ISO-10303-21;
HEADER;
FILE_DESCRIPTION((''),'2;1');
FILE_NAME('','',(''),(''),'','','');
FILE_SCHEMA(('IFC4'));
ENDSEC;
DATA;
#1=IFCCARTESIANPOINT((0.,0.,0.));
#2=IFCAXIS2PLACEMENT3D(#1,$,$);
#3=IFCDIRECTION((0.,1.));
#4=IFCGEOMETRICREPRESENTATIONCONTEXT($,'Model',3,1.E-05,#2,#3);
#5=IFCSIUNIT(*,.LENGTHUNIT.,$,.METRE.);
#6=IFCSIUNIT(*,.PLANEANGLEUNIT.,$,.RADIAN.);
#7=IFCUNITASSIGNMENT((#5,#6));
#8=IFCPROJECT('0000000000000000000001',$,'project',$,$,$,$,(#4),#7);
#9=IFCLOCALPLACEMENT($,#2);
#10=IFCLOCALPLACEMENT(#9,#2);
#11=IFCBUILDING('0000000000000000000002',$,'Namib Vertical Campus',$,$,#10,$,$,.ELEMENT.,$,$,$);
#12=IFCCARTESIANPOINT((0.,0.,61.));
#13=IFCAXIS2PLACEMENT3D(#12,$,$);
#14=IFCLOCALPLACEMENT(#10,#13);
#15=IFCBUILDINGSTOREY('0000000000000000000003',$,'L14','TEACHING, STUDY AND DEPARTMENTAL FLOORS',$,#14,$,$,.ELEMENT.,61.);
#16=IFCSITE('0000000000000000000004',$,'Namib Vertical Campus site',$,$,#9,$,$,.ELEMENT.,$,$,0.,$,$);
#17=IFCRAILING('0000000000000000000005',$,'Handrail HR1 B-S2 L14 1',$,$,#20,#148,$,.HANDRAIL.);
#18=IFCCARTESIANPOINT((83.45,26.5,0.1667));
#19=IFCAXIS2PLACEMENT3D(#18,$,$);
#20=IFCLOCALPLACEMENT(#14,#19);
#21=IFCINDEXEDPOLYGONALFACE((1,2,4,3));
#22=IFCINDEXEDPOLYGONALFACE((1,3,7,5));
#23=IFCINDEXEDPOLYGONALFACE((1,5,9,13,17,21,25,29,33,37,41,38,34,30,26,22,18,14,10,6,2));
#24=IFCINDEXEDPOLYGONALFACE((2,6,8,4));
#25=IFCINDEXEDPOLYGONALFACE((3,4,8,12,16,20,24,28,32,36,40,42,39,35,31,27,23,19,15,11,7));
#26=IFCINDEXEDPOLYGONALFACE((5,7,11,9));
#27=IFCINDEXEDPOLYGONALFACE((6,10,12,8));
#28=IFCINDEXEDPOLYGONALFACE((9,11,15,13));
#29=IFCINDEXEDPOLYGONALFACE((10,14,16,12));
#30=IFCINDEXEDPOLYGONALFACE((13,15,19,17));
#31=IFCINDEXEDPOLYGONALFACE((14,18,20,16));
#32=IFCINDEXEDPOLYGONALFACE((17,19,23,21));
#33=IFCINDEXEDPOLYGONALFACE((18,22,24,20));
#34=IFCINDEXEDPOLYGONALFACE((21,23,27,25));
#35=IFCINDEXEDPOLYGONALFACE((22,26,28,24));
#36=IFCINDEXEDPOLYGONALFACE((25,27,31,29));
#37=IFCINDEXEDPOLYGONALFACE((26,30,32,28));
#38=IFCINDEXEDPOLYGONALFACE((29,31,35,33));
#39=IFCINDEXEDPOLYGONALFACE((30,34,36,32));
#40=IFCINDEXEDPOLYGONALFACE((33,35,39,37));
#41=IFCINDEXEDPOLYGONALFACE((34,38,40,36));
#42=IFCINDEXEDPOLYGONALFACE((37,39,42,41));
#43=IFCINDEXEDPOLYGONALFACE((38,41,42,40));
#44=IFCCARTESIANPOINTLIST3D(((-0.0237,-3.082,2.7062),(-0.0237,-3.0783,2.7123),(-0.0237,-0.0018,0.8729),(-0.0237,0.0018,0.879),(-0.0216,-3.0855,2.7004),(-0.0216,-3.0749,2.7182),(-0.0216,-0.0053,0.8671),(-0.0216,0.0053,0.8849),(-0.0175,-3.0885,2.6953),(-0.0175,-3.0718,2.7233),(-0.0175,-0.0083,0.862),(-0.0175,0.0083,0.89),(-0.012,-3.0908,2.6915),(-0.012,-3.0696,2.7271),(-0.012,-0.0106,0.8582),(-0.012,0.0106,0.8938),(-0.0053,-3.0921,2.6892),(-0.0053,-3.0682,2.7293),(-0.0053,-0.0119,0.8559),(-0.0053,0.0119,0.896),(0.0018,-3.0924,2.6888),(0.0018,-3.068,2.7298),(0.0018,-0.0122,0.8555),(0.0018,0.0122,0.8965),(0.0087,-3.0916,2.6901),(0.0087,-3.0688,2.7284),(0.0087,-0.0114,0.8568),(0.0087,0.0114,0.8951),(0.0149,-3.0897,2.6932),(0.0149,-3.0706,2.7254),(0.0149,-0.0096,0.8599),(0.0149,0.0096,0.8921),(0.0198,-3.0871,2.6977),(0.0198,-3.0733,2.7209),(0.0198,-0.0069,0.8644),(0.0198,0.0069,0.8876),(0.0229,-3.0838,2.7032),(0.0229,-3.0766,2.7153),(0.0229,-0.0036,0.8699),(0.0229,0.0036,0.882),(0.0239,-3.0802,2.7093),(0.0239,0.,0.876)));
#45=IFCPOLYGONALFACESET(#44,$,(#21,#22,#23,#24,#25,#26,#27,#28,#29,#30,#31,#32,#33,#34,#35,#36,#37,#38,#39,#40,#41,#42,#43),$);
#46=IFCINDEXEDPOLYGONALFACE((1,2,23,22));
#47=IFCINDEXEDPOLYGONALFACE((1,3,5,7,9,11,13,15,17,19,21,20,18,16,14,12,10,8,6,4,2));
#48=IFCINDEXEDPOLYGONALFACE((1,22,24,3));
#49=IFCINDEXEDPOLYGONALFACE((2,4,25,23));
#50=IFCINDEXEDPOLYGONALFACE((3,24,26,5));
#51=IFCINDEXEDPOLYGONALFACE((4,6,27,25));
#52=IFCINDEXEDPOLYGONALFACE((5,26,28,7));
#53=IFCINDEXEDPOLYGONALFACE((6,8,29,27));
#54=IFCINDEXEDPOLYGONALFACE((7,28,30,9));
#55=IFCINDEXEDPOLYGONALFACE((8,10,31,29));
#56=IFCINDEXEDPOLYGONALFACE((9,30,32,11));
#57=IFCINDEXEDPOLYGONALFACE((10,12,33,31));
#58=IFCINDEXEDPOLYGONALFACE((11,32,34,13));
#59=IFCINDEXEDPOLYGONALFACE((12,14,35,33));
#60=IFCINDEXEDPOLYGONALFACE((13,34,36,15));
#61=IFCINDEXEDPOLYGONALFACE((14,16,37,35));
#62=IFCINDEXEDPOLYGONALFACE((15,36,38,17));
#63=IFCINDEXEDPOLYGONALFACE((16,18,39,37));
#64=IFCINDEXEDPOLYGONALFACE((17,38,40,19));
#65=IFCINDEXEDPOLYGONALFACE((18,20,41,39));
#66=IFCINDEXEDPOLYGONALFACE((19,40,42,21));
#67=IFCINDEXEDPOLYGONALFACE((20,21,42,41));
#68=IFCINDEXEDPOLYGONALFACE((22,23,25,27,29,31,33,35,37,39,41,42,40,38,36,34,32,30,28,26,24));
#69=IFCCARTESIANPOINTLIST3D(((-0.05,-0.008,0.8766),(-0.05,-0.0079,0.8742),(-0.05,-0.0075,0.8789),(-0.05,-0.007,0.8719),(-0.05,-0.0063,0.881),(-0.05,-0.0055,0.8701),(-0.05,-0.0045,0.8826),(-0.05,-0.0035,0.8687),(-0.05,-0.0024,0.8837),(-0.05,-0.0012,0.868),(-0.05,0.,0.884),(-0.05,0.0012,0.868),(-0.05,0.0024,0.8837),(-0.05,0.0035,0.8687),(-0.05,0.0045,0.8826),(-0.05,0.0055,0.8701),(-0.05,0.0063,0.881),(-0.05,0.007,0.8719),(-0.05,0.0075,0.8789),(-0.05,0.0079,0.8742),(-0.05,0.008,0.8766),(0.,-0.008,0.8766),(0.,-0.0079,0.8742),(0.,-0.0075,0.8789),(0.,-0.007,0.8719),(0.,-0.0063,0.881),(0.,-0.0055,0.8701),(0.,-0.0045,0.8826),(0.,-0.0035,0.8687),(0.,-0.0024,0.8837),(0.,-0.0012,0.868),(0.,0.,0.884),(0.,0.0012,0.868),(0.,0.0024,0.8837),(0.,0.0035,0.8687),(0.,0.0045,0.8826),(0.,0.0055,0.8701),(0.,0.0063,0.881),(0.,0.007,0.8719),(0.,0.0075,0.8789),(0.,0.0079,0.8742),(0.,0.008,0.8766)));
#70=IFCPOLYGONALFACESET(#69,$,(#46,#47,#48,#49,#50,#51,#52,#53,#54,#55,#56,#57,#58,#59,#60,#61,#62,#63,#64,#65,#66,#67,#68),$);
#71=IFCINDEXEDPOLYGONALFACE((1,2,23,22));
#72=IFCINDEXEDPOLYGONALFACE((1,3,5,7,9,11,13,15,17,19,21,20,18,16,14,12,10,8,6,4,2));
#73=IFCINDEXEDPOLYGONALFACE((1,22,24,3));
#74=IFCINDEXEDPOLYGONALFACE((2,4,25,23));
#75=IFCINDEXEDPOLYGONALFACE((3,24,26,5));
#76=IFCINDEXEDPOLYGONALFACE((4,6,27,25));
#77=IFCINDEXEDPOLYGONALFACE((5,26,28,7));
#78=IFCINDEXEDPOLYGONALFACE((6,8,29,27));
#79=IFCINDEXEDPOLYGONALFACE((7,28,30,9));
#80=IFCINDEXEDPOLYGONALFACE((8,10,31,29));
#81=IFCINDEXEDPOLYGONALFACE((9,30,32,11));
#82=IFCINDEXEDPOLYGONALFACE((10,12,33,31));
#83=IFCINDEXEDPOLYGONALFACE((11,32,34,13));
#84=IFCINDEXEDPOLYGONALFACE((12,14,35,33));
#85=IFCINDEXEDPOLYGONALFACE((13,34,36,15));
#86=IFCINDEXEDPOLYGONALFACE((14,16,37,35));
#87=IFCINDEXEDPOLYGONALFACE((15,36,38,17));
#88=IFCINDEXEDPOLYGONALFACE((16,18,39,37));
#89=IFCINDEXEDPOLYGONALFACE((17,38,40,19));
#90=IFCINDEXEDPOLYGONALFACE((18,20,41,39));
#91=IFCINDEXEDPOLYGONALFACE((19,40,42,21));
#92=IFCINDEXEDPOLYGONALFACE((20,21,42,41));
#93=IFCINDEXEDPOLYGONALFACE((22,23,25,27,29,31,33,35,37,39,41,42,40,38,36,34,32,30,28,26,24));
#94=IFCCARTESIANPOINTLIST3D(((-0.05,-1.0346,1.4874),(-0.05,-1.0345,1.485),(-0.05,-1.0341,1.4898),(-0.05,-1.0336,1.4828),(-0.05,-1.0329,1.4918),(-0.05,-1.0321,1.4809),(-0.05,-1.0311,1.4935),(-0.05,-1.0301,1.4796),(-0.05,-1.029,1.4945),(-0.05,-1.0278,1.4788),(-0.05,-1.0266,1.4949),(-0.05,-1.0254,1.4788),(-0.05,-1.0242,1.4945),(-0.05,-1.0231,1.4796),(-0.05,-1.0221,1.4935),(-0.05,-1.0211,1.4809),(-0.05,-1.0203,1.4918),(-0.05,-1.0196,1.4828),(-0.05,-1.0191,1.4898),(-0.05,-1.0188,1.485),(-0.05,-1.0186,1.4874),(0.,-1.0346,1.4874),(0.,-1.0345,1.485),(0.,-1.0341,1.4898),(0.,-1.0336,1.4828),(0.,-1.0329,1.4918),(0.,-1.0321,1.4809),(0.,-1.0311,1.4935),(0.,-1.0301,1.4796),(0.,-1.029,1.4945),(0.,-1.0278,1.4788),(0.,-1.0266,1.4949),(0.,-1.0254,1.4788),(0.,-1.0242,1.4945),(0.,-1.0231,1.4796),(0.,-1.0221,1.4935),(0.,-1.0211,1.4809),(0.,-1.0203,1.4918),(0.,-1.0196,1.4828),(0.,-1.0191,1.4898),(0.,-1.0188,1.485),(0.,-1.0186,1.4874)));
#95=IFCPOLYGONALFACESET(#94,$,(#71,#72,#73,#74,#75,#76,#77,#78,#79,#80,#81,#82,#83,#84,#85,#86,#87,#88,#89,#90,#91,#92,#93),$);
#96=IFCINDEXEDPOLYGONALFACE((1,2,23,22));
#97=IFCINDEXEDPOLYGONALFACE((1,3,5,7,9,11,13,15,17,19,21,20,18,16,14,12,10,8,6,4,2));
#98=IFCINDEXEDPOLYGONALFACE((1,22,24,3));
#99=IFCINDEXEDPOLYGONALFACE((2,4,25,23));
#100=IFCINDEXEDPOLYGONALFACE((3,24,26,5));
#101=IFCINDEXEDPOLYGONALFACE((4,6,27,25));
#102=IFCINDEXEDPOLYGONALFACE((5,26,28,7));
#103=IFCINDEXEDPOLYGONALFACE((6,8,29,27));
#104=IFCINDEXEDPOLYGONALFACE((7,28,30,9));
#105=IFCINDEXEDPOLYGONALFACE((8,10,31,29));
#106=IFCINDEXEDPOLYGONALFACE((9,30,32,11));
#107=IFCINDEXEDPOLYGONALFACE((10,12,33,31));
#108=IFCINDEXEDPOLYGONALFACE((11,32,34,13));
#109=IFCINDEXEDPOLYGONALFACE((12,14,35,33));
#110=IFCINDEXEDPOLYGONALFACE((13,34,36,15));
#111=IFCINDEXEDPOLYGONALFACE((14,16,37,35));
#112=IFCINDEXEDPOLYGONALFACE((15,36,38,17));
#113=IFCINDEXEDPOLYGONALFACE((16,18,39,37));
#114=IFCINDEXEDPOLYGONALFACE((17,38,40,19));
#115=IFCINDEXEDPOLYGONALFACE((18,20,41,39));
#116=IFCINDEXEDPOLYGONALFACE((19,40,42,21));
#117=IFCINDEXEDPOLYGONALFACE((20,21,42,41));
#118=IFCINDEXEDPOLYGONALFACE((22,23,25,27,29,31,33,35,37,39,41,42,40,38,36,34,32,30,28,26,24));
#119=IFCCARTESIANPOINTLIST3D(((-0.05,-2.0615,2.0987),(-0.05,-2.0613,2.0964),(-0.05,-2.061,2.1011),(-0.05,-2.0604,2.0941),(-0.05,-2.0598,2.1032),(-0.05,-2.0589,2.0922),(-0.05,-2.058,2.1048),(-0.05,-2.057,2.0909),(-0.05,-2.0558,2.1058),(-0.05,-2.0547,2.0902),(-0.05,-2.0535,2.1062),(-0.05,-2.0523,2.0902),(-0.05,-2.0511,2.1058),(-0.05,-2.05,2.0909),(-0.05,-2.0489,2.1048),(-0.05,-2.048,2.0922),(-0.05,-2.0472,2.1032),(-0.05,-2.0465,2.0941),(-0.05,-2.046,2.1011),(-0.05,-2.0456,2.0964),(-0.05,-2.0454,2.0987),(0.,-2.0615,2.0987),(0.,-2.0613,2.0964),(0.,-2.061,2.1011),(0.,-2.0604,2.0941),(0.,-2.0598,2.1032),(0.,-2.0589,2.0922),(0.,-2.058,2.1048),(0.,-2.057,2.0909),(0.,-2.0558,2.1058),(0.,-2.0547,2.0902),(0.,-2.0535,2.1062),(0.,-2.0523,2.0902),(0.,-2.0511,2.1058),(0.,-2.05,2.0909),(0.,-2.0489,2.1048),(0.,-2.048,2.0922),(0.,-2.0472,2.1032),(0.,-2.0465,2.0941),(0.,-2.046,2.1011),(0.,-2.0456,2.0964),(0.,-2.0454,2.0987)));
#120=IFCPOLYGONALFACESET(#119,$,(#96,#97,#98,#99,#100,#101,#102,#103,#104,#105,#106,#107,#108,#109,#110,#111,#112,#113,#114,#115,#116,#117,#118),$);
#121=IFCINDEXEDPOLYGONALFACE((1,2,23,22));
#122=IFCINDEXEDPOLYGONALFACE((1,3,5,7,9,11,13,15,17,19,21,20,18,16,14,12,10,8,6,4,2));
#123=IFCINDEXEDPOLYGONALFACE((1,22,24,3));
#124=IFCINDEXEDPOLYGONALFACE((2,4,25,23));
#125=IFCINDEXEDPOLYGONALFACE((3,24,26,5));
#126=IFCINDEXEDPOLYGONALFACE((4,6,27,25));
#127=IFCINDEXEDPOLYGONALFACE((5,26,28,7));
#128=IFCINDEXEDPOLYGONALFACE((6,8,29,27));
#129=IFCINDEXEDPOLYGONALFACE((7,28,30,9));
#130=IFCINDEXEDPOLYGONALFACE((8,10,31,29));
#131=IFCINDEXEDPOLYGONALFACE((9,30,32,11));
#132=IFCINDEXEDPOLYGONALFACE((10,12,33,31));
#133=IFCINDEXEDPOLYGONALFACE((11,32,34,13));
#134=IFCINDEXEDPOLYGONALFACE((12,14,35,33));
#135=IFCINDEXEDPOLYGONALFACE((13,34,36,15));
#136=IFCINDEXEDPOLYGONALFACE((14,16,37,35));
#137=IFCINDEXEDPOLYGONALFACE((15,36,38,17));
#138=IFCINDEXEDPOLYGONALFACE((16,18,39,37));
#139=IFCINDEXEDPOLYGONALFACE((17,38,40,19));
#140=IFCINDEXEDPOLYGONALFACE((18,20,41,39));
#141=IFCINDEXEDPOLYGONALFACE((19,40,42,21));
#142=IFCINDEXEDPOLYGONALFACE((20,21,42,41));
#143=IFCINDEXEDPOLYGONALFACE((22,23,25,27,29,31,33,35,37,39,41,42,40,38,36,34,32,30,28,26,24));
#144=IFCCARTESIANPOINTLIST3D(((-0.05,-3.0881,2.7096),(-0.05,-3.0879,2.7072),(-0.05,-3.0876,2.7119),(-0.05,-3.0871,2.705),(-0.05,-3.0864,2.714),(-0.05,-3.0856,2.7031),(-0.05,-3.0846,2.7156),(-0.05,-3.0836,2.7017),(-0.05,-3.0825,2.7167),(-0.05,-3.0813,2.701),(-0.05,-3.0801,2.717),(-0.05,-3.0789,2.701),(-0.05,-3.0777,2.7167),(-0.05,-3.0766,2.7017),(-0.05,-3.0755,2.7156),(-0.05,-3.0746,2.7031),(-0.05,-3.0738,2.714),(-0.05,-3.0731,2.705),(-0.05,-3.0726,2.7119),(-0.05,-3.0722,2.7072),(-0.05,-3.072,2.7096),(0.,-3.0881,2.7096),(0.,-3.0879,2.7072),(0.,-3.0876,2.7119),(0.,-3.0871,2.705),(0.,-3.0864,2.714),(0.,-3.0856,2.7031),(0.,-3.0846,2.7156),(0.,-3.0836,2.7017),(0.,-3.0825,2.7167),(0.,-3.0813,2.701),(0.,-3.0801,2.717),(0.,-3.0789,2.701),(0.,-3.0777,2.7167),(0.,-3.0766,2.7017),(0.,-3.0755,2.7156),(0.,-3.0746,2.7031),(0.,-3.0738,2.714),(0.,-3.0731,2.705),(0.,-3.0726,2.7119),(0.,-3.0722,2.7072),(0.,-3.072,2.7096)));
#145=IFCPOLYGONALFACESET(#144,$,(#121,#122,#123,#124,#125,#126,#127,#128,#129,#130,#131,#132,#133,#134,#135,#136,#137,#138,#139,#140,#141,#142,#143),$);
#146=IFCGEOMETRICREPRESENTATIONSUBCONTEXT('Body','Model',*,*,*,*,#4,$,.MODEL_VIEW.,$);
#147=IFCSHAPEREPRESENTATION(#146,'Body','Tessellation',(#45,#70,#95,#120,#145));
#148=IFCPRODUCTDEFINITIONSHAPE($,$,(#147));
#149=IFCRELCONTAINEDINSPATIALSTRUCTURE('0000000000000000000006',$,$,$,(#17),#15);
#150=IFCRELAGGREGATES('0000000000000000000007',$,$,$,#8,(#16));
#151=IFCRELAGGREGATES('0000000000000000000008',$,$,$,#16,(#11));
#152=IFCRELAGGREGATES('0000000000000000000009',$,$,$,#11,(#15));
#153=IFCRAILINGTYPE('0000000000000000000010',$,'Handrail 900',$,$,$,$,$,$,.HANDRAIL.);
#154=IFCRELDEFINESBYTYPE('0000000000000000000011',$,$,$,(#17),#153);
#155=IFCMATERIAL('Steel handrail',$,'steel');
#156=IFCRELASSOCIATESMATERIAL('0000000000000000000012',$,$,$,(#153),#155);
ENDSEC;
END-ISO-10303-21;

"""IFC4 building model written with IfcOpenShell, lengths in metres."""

from ifc_helpers import new_model, si_unit, direction, frame, origin, origin_2d, place, context, subcontext, project, spatial, circle, extrude, material, type_object, element, save


model = new_model("IFC4")

# Units and contexts
model_context = context("Model", 3, precision=1e-05, world=origin(), true_north=direction((0.0, 1.0)))
body_context = subcontext(model_context, "Body", "Model", "MODEL_VIEW")
ifc_project = project(units=[si_unit("LENGTHUNIT", "METRE"), si_unit("PLANEANGLEUNIT", "RADIAN")], contexts=[model_context])

# Site, building, storey
site_placement = place(None, origin())
site = spatial("IfcSite", under=ifc_project, at=site_placement, Name="Namib Vertical Campus site", CompositionType="ELEMENT", RefElevation=0.0)
building_placement = place(site_placement, origin())
building = spatial("IfcBuilding", under=site, at=building_placement, Name="Namib Vertical Campus", CompositionType="ELEMENT")
storey_placement = place(building_placement, frame((0.0, 0.0, 61.0)))
storey = spatial("IfcBuildingStorey", under=building, at=storey_placement, Name="L14", Description="TEACHING, STUDY AND DEPARTMENTAL FLOORS", CompositionType="ELEMENT", Elevation=61.0)

# Railing
ifc_material_1 = material(Name="Steel handrail", Category="steel")
railing_type_1 = type_object("IfcRailingType", Name="Handrail 900", PredefinedType="HANDRAIL", material=ifc_material_1)
railing_1_placement = place(storey_placement, frame((83.45, 26.5, 0.1667)))
element("IfcRailing", 1, at=railing_1_placement, inside=storey, type_object=railing_type_1, Name="Handrail HR1 B-S2 L14 1", PredefinedType="HANDRAIL", context=body_context, shape_type="SweptSolid", body=[
    extrude(circle(Radius=0.0239, at=origin_2d()), frame((0.0, 0.0, 0.876), z_axis=(0.0, -0.859309, 0.511458), x_axis=(1.0, 0.0, 0.0)), (0.0, 0.0, 1.0), 3.5845),
    extrude(circle(Radius=0.0081, at=origin_2d()), frame((0.0, 0.0, 0.876), z_axis=(-1.0, 0.0, 0.0), x_axis=(0.0, 0.0, 1.0)), (0.0, 0.0, 1.0), 0.05),
    extrude(circle(Radius=0.0081, at=origin_2d()), frame((0.0, -1.0266, 1.4868), z_axis=(-1.0, 0.0, 0.0), x_axis=(0.0, 0.0, 1.0)), (0.0, 0.0, 1.0), 0.05),
    extrude(circle(Radius=0.0081, at=origin_2d()), frame((0.0, -2.0535, 2.0981), z_axis=(-1.0, 0.0, 0.0), x_axis=(0.0, 0.0, 1.0)), (0.0, 0.0, 1.0), 0.05),
    extrude(circle(Radius=0.0081, at=origin_2d()), frame((0.0, -3.0801, 2.709), z_axis=(-1.0, 0.0, 0.0), x_axis=(0.0, 0.0, 1.0)), (0.0, 0.0, 1.0), 0.05),
])

save(model, "model.ifc")
